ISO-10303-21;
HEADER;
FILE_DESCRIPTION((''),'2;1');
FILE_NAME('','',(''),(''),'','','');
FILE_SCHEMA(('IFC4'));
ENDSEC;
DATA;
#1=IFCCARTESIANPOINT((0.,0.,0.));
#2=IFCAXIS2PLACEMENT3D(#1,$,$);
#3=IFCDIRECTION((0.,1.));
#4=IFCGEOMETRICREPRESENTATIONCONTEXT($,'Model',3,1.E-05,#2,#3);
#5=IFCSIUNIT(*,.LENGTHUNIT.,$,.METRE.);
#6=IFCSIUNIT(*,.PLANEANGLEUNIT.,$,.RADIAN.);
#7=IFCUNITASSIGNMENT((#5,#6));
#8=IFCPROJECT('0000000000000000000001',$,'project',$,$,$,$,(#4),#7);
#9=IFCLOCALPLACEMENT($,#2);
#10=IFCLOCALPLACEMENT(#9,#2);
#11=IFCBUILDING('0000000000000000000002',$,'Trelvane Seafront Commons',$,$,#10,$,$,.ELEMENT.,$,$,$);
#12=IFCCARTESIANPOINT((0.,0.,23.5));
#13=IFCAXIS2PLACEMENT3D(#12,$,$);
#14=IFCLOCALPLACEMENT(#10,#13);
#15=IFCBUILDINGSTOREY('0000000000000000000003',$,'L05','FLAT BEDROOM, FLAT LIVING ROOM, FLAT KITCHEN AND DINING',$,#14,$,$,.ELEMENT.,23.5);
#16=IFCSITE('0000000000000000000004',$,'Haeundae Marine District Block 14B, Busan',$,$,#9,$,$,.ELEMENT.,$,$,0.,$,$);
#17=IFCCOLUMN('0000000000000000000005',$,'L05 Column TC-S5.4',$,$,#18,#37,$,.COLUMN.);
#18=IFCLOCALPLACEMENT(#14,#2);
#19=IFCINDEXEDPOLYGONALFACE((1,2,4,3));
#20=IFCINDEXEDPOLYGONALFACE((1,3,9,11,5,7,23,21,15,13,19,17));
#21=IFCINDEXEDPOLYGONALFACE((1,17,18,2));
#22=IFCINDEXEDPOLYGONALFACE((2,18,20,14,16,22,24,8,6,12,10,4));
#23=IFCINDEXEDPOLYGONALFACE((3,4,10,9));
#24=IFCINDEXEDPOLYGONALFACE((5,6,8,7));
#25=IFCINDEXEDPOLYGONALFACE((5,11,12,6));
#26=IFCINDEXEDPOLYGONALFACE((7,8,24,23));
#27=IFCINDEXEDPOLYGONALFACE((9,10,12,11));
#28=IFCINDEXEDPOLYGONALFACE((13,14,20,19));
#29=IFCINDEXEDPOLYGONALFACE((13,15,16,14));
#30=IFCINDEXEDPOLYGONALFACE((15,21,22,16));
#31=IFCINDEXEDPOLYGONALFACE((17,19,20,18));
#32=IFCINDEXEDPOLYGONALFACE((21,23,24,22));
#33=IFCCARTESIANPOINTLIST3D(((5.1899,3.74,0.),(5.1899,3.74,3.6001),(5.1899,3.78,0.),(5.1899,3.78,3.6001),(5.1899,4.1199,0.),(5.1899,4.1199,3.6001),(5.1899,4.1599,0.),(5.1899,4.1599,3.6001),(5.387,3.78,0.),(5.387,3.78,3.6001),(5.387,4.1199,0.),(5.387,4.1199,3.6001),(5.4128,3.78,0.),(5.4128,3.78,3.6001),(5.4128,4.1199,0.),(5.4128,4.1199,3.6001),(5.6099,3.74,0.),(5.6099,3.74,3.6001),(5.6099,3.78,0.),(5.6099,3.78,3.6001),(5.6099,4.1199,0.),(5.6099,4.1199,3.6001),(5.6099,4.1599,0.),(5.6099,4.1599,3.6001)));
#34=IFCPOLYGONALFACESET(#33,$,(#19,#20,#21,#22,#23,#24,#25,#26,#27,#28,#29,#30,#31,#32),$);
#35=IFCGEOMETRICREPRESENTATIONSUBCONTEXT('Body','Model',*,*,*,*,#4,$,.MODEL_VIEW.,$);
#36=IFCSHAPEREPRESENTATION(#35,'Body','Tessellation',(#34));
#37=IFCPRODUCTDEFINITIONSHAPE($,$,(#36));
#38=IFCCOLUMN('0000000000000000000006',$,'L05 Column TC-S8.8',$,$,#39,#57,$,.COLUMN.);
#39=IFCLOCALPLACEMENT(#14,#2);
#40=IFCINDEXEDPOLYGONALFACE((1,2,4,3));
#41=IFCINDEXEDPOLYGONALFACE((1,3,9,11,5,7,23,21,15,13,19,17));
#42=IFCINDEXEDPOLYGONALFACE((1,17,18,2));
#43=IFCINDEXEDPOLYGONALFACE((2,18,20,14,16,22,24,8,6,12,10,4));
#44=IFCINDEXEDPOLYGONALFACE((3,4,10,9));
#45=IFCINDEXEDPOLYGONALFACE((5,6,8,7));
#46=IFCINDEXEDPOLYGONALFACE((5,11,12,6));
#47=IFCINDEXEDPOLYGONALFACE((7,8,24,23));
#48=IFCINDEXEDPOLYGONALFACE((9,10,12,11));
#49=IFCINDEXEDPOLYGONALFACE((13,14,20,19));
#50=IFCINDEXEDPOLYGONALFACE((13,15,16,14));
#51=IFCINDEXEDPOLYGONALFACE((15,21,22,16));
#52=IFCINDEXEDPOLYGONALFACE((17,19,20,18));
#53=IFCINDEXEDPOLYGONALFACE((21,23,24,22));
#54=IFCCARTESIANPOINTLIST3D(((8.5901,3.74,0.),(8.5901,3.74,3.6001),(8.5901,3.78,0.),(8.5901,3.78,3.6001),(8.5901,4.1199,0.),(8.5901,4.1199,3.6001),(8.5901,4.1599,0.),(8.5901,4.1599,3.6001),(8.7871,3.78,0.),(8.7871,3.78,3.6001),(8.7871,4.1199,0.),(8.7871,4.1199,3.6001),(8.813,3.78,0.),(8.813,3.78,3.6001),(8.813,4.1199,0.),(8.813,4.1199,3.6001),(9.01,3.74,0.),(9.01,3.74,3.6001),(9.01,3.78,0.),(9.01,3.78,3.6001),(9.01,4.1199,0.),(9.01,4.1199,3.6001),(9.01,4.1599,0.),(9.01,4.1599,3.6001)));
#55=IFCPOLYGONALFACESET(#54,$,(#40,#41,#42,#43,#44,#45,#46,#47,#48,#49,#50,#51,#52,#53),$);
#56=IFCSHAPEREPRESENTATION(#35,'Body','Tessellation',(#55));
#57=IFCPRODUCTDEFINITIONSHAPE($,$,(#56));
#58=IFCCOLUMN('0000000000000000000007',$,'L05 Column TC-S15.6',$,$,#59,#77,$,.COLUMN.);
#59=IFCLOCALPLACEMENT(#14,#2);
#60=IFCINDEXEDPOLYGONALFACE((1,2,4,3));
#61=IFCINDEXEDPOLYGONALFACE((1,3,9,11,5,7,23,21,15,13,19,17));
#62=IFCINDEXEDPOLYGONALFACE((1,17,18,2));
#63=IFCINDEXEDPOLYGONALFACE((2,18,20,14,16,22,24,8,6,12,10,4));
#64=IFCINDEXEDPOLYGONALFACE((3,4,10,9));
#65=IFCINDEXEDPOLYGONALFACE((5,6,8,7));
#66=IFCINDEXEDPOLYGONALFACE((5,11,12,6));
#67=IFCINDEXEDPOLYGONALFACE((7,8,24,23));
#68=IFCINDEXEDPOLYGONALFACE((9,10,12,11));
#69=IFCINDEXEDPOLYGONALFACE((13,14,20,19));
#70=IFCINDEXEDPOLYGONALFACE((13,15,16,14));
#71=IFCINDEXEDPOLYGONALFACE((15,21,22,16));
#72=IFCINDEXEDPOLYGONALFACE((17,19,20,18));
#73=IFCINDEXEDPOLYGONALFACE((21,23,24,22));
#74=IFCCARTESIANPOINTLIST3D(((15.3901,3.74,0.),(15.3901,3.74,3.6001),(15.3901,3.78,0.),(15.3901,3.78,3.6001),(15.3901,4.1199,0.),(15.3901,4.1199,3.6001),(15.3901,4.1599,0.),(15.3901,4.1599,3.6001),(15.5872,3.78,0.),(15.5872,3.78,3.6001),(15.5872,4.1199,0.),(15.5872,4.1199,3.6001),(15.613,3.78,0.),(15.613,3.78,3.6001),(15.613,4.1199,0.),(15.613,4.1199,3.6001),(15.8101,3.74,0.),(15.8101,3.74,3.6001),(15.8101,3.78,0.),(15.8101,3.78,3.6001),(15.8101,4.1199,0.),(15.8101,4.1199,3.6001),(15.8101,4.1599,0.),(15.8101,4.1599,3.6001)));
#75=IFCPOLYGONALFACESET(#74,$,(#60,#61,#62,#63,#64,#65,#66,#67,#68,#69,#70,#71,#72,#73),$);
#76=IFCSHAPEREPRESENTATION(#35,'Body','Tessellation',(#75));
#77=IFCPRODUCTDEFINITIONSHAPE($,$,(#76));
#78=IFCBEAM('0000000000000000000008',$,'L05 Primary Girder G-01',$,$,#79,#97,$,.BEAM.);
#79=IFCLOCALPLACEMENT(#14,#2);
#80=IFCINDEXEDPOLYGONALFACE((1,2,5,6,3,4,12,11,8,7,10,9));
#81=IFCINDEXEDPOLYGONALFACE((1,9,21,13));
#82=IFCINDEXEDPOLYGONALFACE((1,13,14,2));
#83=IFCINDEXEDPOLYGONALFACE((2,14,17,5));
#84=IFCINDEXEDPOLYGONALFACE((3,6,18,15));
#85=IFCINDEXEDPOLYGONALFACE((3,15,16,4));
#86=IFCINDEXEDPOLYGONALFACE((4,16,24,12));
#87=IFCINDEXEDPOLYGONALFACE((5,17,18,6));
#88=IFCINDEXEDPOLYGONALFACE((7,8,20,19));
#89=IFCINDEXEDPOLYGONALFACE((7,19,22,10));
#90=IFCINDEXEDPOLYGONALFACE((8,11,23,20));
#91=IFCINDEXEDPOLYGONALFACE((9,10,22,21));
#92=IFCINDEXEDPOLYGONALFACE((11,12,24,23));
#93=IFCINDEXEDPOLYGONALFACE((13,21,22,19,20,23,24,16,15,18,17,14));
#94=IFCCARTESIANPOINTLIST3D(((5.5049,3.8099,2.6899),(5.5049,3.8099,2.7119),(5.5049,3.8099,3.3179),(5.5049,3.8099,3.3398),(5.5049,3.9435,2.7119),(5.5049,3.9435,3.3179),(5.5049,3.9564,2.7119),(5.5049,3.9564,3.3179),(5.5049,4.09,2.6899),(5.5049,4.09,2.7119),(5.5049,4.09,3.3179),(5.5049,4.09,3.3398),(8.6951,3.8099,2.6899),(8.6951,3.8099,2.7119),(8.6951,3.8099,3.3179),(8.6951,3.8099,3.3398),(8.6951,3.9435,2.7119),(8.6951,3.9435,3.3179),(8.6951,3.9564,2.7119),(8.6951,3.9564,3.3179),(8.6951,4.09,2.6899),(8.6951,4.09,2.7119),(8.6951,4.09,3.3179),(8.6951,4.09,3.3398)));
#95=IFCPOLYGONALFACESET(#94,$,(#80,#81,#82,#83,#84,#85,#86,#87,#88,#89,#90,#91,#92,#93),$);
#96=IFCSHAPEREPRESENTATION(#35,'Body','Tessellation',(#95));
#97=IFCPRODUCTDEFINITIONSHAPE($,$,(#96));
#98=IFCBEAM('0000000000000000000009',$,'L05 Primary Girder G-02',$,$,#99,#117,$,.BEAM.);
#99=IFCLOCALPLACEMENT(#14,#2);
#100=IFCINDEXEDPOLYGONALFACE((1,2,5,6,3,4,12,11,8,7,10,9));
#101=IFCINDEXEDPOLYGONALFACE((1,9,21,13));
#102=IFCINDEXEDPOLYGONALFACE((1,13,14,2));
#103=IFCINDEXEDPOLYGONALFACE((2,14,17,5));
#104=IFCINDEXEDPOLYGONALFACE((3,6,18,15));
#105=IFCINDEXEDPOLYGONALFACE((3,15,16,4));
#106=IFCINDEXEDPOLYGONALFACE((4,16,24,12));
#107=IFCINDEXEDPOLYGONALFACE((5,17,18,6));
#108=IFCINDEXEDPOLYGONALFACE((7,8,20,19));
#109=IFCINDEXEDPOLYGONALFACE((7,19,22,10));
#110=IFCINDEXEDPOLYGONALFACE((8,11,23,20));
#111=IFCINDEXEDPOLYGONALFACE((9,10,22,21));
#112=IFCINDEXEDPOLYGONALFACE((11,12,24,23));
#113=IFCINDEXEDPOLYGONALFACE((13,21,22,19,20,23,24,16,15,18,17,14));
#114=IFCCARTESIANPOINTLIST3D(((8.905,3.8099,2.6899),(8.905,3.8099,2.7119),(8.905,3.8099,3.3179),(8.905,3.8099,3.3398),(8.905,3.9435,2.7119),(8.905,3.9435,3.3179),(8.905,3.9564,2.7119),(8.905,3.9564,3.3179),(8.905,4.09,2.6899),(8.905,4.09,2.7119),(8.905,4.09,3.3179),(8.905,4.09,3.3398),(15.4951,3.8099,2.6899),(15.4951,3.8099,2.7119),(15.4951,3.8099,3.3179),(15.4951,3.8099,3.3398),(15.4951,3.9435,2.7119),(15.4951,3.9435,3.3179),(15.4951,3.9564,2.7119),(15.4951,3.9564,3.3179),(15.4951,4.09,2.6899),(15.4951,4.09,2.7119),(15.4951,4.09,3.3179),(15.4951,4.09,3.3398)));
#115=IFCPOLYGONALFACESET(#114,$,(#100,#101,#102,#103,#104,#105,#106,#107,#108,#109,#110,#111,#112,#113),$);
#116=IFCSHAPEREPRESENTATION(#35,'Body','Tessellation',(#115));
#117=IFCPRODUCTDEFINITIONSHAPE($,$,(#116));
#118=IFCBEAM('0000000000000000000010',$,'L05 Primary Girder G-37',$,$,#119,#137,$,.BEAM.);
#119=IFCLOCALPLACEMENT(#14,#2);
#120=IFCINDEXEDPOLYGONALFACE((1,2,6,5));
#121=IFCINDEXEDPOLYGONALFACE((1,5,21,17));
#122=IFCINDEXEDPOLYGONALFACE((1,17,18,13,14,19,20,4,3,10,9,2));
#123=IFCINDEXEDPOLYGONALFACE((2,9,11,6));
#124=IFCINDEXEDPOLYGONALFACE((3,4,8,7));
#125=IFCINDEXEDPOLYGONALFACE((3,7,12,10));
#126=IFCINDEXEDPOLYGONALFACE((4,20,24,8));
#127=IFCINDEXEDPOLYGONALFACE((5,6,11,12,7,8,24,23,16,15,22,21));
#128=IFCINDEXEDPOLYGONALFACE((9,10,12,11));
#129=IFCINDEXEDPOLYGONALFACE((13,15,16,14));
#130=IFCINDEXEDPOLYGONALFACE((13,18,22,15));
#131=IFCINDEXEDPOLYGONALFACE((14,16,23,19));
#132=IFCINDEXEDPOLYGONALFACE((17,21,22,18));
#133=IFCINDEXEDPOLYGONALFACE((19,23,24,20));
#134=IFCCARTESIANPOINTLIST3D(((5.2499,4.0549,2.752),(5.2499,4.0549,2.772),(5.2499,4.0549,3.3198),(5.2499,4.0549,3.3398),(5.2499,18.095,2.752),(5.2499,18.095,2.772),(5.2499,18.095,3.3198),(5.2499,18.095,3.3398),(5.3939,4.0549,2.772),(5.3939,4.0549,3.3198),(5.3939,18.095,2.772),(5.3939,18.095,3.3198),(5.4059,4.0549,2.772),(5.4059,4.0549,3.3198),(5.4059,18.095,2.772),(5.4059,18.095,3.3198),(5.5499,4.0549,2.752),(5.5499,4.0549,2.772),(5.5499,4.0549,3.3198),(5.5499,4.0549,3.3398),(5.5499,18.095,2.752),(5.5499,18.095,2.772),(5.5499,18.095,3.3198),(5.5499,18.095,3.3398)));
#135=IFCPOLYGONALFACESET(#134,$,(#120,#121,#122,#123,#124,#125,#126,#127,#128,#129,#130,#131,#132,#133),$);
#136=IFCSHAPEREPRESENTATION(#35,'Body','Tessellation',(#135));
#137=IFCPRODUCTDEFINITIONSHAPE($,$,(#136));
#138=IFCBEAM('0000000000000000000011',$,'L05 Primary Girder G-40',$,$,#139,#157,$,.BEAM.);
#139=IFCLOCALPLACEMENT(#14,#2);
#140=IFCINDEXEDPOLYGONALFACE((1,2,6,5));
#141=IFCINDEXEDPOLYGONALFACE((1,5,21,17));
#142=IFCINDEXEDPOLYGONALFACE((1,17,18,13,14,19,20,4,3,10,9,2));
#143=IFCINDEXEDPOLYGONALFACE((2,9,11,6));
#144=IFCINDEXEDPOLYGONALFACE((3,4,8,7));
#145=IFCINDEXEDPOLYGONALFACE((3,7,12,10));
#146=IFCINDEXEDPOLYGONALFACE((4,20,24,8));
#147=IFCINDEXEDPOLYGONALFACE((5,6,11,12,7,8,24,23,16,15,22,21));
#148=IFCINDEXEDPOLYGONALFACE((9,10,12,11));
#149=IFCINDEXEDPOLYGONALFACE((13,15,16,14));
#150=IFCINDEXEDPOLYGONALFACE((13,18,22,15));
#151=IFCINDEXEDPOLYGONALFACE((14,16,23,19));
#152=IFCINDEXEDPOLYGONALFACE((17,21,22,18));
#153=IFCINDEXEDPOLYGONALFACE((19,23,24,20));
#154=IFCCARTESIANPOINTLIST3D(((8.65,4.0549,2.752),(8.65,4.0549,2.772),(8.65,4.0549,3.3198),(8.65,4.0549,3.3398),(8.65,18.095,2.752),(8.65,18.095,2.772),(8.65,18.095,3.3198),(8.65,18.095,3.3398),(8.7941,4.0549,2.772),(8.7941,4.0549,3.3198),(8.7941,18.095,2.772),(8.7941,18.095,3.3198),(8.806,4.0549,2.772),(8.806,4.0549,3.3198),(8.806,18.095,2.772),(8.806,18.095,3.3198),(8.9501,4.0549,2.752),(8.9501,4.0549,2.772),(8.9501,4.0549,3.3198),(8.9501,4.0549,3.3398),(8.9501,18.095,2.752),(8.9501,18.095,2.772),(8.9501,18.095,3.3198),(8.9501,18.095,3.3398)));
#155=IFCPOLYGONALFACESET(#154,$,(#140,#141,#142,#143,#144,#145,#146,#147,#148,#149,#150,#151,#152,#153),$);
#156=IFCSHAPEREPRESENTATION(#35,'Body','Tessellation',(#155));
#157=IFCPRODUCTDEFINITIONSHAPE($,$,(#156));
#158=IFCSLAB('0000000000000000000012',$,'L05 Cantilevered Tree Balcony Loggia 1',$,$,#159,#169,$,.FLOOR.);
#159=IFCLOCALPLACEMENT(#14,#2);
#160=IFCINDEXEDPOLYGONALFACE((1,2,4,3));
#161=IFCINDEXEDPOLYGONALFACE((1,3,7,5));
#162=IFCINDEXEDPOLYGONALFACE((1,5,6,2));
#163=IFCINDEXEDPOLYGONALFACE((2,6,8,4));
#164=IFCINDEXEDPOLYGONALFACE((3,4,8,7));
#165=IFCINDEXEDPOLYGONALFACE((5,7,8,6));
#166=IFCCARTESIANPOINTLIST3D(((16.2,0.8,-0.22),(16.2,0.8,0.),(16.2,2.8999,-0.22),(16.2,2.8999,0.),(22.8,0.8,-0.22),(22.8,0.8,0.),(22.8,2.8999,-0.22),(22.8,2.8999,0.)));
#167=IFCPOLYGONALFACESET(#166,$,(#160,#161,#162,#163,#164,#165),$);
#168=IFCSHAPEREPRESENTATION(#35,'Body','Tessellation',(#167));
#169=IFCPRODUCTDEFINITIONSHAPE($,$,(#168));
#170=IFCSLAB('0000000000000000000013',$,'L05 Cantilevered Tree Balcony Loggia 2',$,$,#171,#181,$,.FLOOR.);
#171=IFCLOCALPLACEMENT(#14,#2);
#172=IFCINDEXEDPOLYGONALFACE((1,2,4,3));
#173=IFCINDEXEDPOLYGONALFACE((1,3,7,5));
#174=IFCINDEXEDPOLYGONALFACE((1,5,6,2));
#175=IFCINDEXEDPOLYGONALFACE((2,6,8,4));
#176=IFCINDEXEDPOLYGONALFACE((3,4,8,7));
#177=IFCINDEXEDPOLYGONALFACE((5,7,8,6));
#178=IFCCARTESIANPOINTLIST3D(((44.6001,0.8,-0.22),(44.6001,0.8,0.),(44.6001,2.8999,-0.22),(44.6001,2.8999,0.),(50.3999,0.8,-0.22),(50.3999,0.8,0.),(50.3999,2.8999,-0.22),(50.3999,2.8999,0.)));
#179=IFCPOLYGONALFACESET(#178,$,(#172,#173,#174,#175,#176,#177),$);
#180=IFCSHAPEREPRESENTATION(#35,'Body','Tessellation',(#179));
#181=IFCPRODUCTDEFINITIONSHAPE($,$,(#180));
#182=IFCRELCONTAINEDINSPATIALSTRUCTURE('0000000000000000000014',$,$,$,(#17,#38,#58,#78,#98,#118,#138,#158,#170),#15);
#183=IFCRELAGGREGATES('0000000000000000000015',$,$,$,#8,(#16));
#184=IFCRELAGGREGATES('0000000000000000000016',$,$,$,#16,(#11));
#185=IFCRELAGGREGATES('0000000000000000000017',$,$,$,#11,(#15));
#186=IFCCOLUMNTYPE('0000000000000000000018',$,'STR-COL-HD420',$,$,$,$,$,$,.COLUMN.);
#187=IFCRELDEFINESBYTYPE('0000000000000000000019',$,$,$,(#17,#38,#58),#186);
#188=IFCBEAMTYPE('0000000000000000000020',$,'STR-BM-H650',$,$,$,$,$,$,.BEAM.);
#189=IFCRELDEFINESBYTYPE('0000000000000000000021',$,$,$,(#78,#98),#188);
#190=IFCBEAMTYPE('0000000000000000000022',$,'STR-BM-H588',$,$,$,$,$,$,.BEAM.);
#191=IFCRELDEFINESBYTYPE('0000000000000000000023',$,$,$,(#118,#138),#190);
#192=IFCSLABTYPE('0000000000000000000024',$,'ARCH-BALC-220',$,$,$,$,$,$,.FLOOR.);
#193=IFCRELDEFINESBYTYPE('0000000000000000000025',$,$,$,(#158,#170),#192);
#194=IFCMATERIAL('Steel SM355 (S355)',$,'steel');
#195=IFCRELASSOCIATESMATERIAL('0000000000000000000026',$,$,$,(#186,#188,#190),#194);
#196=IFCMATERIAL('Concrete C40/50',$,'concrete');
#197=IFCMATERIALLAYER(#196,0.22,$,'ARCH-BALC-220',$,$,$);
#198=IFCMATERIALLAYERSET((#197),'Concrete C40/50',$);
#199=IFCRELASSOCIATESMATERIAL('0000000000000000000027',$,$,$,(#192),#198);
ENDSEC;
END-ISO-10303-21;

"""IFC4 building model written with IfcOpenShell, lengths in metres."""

from ifc_helpers import new_model, si_unit, direction, frame, origin, origin_2d, place, context, subcontext, project, spatial, polyline, i_section, outline, extrude, source, transform, mapped, material, layer, layer_set, material_profile, profile_set, type_object, element, save


model = new_model("IFC4")

# Units and contexts
model_context = context("Model", 3, precision=1e-05, world=origin(), true_north=direction((0.0, 1.0)))
body_context = subcontext(model_context, "Body", "Model", "MODEL_VIEW")
ifc_project = project(units=[si_unit("LENGTHUNIT", "METRE"), si_unit("PLANEANGLEUNIT", "RADIAN")], contexts=[model_context])

# Site, building, storey
site_placement = place(None, origin())
site = spatial("IfcSite", under=ifc_project, at=site_placement, Name="Haeundae Marine District Block 14B, Busan", CompositionType="ELEMENT", RefElevation=0.0)
building_placement = place(site_placement, origin())
building = spatial("IfcBuilding", under=site, at=building_placement, Name="Trelvane Seafront Commons", CompositionType="ELEMENT")
storey_placement = place(building_placement, frame((0.0, 0.0, 23.5)))
storey = spatial("IfcBuildingStorey", under=building, at=storey_placement, Name="L05", Description="FLAT BEDROOM, FLAT LIVING ROOM, FLAT KITCHEN AND DINING", CompositionType="ELEMENT", Elevation=23.5)

# Columns
ifc_material_1 = material(Name="Steel SM355 (S355)", Category="steel")
ifc_material_profile_1 = material_profile(ifc_material_1, i_section(OverallWidth=0.4199, OverallDepth=0.4199, WebThickness=0.0259, FlangeThickness=0.04, at=origin_2d()), Name="HD-420x420x26x40")
ifc_profile_set_1 = profile_set([ifc_material_profile_1], Name="Steel SM355 (S355)")
column_type = type_object("IfcColumnType", Name="STR-COL-HD420", PredefinedType="COLUMN", material=ifc_profile_set_1)
shared_shape_1 = source(origin(), body_context, "Body", "SweptSolid", [
    extrude(i_section(OverallWidth=0.4199, OverallDepth=0.4199, WebThickness=0.0259, FlangeThickness=0.04, at=origin_2d()), origin(), (0.0, 0.0, 1.0), 3.6001),
])
for number, where, z_axis, x_axis, name in (
    (1, (5.3999, 3.95, 0.0), (0.0, 0.0, 1.0), (1.0, 0.0, 0.0), "L05 Column TC-S5.4"),
    (2, (8.8, 3.95, 0.0), (0.0, 0.0, 1.0), (1.0, 0.0, 0.0), "L05 Column TC-S8.8"),
    (3, (15.6001, 3.95, 0.0), (0.0, 0.0, 1.0), (1.0, 0.0, 0.0), "L05 Column TC-S15.6"),
):
    element("IfcColumn", number, at=place(storey_placement, frame(where, z_axis=z_axis, x_axis=x_axis)), inside=storey, type_object=column_type, Name=name, PredefinedType="COLUMN", context=body_context, shape_type="MappedRepresentation", body=[
        mapped(shared_shape_1, transform((0.0, 0.0, 0.0), x_axis=(1.0, 0.0, 0.0), y_axis=(0.0, 1.0, 0.0), z_axis=(0.0, 0.0, 1.0), scale=1.0)),
    ])

# Beams
ifc_material_profile_2 = material_profile(ifc_material_1, i_section(OverallWidth=0.28, OverallDepth=0.6499, WebThickness=0.0129, FlangeThickness=0.022, at=origin_2d()), Name="H-650x280x13x22")
ifc_profile_set_2 = profile_set([ifc_material_profile_2], Name="Steel SM355 (S355)")
beam_type_1 = type_object("IfcBeamType", Name="STR-BM-H650", PredefinedType="BEAM", material=ifc_profile_set_2)
shared_shape_2 = source(origin(), body_context, "Body", "SweptSolid", [
    extrude(i_section(OverallWidth=0.28, OverallDepth=0.6499, WebThickness=0.0129, FlangeThickness=0.022, at=origin_2d()), origin(), (0.0, 0.0, 1.0), 3.1902),
])
beam_1_placement = place(storey_placement, frame((5.5049, 3.95, 3.0149), z_axis=(1.0, 0.0, 0.0), x_axis=(0.0, 1.0, 0.0)))
element("IfcBeam", 4, at=beam_1_placement, inside=storey, type_object=beam_type_1, Name="L05 Primary Girder G-01", PredefinedType="BEAM", context=body_context, shape_type="MappedRepresentation", body=[
    mapped(shared_shape_2, transform((0.0, 0.0, 0.0), x_axis=(1.0, 0.0, 0.0), y_axis=(0.0, 1.0, 0.0), z_axis=(0.0, 0.0, 1.0), scale=1.0)),
])
shared_shape_3 = source(origin(), body_context, "Body", "SweptSolid", [
    extrude(i_section(OverallWidth=0.28, OverallDepth=0.6499, WebThickness=0.0129, FlangeThickness=0.022, at=origin_2d()), origin(), (0.0, 0.0, 1.0), 6.5901),
])
beam_2_placement = place(storey_placement, frame((8.905, 3.95, 3.0149), z_axis=(1.0, 0.0, 0.0), x_axis=(0.0, 1.0, 0.0)))
element("IfcBeam", 5, at=beam_2_placement, inside=storey, type_object=beam_type_1, Name="L05 Primary Girder G-02", PredefinedType="BEAM", context=body_context, shape_type="MappedRepresentation", body=[
    mapped(shared_shape_3, transform((0.0, 0.0, 0.0), x_axis=(1.0, 0.0, 0.0), y_axis=(0.0, 1.0, 0.0), z_axis=(0.0, 0.0, 1.0), scale=1.0)),
])
ifc_material_profile_3 = material_profile(ifc_material_1, i_section(OverallWidth=0.3, OverallDepth=0.5879, WebThickness=0.012, FlangeThickness=0.02, at=origin_2d()), Name="H-588x300x12x20")
ifc_profile_set_3 = profile_set([ifc_material_profile_3], Name="Steel SM355 (S355)")
beam_type_2 = type_object("IfcBeamType", Name="STR-BM-H588", PredefinedType="BEAM", material=ifc_profile_set_3)
shared_shape_4 = source(origin(), body_context, "Body", "SweptSolid", [
    extrude(i_section(OverallWidth=0.3, OverallDepth=0.5879, WebThickness=0.012, FlangeThickness=0.02, at=origin_2d()), origin(), (0.0, 0.0, 1.0), 14.04),
])
for number, where, z_axis, x_axis, name in (
    (6, (5.3999, 4.0549, 3.0459), (0.0, 1.0, 0.0), (-1.0, 0.0, 0.0), "L05 Primary Girder G-37"),
    (7, (8.8, 4.0549, 3.0459), (0.0, 1.0, 0.0), (-1.0, 0.0, 0.0), "L05 Primary Girder G-40"),
):
    element("IfcBeam", number, at=place(storey_placement, frame(where, z_axis=z_axis, x_axis=x_axis)), inside=storey, type_object=beam_type_2, Name=name, PredefinedType="BEAM", context=body_context, shape_type="MappedRepresentation", body=[
        mapped(shared_shape_4, transform((0.0, 0.0, 0.0), x_axis=(1.0, 0.0, 0.0), y_axis=(0.0, 1.0, 0.0), z_axis=(0.0, 0.0, 1.0), scale=1.0)),
    ])

# Slabs
ifc_material_2 = material(Name="Concrete C40/50", Category="concrete")
ifc_layer_1 = layer(ifc_material_2, 0.22, Name="ARCH-BALC-220")
ifc_layer_set_1 = layer_set([ifc_layer_1], Name="Concrete C40/50")
slab_type_1 = type_object("IfcSlabType", Name="ARCH-BALC-220", PredefinedType="FLOOR", material=ifc_layer_set_1)
slab_1_placement = place(storey_placement, frame((0.0, 0.0, -0.22)))
element("IfcSlab", 8, at=slab_1_placement, inside=storey, type_object=slab_type_1, Name="L05 Cantilevered Tree Balcony Loggia 1", PredefinedType="FLOOR", context=body_context, shape_type="SweptSolid", body=[
    extrude(outline(polyline([(16.2, 0.8), (22.8, 0.8), (22.8, 2.8999), (16.2, 2.8999), (16.2, 0.8)])), origin(), (0.0, 0.0, 1.0), 0.22),
])
slab_2_placement = place(storey_placement, frame((0.0, 0.0, -0.22)))
element("IfcSlab", 9, at=slab_2_placement, inside=storey, type_object=slab_type_1, Name="L05 Cantilevered Tree Balcony Loggia 2", PredefinedType="FLOOR", context=body_context, shape_type="SweptSolid", body=[
    extrude(outline(polyline([(44.6001, 0.8), (50.3999, 0.8), (50.3999, 2.8999), (44.6001, 2.8999), (44.6001, 0.8)])), origin(), (0.0, 0.0, 1.0), 0.22),
])

save(model, "model.ifc")
